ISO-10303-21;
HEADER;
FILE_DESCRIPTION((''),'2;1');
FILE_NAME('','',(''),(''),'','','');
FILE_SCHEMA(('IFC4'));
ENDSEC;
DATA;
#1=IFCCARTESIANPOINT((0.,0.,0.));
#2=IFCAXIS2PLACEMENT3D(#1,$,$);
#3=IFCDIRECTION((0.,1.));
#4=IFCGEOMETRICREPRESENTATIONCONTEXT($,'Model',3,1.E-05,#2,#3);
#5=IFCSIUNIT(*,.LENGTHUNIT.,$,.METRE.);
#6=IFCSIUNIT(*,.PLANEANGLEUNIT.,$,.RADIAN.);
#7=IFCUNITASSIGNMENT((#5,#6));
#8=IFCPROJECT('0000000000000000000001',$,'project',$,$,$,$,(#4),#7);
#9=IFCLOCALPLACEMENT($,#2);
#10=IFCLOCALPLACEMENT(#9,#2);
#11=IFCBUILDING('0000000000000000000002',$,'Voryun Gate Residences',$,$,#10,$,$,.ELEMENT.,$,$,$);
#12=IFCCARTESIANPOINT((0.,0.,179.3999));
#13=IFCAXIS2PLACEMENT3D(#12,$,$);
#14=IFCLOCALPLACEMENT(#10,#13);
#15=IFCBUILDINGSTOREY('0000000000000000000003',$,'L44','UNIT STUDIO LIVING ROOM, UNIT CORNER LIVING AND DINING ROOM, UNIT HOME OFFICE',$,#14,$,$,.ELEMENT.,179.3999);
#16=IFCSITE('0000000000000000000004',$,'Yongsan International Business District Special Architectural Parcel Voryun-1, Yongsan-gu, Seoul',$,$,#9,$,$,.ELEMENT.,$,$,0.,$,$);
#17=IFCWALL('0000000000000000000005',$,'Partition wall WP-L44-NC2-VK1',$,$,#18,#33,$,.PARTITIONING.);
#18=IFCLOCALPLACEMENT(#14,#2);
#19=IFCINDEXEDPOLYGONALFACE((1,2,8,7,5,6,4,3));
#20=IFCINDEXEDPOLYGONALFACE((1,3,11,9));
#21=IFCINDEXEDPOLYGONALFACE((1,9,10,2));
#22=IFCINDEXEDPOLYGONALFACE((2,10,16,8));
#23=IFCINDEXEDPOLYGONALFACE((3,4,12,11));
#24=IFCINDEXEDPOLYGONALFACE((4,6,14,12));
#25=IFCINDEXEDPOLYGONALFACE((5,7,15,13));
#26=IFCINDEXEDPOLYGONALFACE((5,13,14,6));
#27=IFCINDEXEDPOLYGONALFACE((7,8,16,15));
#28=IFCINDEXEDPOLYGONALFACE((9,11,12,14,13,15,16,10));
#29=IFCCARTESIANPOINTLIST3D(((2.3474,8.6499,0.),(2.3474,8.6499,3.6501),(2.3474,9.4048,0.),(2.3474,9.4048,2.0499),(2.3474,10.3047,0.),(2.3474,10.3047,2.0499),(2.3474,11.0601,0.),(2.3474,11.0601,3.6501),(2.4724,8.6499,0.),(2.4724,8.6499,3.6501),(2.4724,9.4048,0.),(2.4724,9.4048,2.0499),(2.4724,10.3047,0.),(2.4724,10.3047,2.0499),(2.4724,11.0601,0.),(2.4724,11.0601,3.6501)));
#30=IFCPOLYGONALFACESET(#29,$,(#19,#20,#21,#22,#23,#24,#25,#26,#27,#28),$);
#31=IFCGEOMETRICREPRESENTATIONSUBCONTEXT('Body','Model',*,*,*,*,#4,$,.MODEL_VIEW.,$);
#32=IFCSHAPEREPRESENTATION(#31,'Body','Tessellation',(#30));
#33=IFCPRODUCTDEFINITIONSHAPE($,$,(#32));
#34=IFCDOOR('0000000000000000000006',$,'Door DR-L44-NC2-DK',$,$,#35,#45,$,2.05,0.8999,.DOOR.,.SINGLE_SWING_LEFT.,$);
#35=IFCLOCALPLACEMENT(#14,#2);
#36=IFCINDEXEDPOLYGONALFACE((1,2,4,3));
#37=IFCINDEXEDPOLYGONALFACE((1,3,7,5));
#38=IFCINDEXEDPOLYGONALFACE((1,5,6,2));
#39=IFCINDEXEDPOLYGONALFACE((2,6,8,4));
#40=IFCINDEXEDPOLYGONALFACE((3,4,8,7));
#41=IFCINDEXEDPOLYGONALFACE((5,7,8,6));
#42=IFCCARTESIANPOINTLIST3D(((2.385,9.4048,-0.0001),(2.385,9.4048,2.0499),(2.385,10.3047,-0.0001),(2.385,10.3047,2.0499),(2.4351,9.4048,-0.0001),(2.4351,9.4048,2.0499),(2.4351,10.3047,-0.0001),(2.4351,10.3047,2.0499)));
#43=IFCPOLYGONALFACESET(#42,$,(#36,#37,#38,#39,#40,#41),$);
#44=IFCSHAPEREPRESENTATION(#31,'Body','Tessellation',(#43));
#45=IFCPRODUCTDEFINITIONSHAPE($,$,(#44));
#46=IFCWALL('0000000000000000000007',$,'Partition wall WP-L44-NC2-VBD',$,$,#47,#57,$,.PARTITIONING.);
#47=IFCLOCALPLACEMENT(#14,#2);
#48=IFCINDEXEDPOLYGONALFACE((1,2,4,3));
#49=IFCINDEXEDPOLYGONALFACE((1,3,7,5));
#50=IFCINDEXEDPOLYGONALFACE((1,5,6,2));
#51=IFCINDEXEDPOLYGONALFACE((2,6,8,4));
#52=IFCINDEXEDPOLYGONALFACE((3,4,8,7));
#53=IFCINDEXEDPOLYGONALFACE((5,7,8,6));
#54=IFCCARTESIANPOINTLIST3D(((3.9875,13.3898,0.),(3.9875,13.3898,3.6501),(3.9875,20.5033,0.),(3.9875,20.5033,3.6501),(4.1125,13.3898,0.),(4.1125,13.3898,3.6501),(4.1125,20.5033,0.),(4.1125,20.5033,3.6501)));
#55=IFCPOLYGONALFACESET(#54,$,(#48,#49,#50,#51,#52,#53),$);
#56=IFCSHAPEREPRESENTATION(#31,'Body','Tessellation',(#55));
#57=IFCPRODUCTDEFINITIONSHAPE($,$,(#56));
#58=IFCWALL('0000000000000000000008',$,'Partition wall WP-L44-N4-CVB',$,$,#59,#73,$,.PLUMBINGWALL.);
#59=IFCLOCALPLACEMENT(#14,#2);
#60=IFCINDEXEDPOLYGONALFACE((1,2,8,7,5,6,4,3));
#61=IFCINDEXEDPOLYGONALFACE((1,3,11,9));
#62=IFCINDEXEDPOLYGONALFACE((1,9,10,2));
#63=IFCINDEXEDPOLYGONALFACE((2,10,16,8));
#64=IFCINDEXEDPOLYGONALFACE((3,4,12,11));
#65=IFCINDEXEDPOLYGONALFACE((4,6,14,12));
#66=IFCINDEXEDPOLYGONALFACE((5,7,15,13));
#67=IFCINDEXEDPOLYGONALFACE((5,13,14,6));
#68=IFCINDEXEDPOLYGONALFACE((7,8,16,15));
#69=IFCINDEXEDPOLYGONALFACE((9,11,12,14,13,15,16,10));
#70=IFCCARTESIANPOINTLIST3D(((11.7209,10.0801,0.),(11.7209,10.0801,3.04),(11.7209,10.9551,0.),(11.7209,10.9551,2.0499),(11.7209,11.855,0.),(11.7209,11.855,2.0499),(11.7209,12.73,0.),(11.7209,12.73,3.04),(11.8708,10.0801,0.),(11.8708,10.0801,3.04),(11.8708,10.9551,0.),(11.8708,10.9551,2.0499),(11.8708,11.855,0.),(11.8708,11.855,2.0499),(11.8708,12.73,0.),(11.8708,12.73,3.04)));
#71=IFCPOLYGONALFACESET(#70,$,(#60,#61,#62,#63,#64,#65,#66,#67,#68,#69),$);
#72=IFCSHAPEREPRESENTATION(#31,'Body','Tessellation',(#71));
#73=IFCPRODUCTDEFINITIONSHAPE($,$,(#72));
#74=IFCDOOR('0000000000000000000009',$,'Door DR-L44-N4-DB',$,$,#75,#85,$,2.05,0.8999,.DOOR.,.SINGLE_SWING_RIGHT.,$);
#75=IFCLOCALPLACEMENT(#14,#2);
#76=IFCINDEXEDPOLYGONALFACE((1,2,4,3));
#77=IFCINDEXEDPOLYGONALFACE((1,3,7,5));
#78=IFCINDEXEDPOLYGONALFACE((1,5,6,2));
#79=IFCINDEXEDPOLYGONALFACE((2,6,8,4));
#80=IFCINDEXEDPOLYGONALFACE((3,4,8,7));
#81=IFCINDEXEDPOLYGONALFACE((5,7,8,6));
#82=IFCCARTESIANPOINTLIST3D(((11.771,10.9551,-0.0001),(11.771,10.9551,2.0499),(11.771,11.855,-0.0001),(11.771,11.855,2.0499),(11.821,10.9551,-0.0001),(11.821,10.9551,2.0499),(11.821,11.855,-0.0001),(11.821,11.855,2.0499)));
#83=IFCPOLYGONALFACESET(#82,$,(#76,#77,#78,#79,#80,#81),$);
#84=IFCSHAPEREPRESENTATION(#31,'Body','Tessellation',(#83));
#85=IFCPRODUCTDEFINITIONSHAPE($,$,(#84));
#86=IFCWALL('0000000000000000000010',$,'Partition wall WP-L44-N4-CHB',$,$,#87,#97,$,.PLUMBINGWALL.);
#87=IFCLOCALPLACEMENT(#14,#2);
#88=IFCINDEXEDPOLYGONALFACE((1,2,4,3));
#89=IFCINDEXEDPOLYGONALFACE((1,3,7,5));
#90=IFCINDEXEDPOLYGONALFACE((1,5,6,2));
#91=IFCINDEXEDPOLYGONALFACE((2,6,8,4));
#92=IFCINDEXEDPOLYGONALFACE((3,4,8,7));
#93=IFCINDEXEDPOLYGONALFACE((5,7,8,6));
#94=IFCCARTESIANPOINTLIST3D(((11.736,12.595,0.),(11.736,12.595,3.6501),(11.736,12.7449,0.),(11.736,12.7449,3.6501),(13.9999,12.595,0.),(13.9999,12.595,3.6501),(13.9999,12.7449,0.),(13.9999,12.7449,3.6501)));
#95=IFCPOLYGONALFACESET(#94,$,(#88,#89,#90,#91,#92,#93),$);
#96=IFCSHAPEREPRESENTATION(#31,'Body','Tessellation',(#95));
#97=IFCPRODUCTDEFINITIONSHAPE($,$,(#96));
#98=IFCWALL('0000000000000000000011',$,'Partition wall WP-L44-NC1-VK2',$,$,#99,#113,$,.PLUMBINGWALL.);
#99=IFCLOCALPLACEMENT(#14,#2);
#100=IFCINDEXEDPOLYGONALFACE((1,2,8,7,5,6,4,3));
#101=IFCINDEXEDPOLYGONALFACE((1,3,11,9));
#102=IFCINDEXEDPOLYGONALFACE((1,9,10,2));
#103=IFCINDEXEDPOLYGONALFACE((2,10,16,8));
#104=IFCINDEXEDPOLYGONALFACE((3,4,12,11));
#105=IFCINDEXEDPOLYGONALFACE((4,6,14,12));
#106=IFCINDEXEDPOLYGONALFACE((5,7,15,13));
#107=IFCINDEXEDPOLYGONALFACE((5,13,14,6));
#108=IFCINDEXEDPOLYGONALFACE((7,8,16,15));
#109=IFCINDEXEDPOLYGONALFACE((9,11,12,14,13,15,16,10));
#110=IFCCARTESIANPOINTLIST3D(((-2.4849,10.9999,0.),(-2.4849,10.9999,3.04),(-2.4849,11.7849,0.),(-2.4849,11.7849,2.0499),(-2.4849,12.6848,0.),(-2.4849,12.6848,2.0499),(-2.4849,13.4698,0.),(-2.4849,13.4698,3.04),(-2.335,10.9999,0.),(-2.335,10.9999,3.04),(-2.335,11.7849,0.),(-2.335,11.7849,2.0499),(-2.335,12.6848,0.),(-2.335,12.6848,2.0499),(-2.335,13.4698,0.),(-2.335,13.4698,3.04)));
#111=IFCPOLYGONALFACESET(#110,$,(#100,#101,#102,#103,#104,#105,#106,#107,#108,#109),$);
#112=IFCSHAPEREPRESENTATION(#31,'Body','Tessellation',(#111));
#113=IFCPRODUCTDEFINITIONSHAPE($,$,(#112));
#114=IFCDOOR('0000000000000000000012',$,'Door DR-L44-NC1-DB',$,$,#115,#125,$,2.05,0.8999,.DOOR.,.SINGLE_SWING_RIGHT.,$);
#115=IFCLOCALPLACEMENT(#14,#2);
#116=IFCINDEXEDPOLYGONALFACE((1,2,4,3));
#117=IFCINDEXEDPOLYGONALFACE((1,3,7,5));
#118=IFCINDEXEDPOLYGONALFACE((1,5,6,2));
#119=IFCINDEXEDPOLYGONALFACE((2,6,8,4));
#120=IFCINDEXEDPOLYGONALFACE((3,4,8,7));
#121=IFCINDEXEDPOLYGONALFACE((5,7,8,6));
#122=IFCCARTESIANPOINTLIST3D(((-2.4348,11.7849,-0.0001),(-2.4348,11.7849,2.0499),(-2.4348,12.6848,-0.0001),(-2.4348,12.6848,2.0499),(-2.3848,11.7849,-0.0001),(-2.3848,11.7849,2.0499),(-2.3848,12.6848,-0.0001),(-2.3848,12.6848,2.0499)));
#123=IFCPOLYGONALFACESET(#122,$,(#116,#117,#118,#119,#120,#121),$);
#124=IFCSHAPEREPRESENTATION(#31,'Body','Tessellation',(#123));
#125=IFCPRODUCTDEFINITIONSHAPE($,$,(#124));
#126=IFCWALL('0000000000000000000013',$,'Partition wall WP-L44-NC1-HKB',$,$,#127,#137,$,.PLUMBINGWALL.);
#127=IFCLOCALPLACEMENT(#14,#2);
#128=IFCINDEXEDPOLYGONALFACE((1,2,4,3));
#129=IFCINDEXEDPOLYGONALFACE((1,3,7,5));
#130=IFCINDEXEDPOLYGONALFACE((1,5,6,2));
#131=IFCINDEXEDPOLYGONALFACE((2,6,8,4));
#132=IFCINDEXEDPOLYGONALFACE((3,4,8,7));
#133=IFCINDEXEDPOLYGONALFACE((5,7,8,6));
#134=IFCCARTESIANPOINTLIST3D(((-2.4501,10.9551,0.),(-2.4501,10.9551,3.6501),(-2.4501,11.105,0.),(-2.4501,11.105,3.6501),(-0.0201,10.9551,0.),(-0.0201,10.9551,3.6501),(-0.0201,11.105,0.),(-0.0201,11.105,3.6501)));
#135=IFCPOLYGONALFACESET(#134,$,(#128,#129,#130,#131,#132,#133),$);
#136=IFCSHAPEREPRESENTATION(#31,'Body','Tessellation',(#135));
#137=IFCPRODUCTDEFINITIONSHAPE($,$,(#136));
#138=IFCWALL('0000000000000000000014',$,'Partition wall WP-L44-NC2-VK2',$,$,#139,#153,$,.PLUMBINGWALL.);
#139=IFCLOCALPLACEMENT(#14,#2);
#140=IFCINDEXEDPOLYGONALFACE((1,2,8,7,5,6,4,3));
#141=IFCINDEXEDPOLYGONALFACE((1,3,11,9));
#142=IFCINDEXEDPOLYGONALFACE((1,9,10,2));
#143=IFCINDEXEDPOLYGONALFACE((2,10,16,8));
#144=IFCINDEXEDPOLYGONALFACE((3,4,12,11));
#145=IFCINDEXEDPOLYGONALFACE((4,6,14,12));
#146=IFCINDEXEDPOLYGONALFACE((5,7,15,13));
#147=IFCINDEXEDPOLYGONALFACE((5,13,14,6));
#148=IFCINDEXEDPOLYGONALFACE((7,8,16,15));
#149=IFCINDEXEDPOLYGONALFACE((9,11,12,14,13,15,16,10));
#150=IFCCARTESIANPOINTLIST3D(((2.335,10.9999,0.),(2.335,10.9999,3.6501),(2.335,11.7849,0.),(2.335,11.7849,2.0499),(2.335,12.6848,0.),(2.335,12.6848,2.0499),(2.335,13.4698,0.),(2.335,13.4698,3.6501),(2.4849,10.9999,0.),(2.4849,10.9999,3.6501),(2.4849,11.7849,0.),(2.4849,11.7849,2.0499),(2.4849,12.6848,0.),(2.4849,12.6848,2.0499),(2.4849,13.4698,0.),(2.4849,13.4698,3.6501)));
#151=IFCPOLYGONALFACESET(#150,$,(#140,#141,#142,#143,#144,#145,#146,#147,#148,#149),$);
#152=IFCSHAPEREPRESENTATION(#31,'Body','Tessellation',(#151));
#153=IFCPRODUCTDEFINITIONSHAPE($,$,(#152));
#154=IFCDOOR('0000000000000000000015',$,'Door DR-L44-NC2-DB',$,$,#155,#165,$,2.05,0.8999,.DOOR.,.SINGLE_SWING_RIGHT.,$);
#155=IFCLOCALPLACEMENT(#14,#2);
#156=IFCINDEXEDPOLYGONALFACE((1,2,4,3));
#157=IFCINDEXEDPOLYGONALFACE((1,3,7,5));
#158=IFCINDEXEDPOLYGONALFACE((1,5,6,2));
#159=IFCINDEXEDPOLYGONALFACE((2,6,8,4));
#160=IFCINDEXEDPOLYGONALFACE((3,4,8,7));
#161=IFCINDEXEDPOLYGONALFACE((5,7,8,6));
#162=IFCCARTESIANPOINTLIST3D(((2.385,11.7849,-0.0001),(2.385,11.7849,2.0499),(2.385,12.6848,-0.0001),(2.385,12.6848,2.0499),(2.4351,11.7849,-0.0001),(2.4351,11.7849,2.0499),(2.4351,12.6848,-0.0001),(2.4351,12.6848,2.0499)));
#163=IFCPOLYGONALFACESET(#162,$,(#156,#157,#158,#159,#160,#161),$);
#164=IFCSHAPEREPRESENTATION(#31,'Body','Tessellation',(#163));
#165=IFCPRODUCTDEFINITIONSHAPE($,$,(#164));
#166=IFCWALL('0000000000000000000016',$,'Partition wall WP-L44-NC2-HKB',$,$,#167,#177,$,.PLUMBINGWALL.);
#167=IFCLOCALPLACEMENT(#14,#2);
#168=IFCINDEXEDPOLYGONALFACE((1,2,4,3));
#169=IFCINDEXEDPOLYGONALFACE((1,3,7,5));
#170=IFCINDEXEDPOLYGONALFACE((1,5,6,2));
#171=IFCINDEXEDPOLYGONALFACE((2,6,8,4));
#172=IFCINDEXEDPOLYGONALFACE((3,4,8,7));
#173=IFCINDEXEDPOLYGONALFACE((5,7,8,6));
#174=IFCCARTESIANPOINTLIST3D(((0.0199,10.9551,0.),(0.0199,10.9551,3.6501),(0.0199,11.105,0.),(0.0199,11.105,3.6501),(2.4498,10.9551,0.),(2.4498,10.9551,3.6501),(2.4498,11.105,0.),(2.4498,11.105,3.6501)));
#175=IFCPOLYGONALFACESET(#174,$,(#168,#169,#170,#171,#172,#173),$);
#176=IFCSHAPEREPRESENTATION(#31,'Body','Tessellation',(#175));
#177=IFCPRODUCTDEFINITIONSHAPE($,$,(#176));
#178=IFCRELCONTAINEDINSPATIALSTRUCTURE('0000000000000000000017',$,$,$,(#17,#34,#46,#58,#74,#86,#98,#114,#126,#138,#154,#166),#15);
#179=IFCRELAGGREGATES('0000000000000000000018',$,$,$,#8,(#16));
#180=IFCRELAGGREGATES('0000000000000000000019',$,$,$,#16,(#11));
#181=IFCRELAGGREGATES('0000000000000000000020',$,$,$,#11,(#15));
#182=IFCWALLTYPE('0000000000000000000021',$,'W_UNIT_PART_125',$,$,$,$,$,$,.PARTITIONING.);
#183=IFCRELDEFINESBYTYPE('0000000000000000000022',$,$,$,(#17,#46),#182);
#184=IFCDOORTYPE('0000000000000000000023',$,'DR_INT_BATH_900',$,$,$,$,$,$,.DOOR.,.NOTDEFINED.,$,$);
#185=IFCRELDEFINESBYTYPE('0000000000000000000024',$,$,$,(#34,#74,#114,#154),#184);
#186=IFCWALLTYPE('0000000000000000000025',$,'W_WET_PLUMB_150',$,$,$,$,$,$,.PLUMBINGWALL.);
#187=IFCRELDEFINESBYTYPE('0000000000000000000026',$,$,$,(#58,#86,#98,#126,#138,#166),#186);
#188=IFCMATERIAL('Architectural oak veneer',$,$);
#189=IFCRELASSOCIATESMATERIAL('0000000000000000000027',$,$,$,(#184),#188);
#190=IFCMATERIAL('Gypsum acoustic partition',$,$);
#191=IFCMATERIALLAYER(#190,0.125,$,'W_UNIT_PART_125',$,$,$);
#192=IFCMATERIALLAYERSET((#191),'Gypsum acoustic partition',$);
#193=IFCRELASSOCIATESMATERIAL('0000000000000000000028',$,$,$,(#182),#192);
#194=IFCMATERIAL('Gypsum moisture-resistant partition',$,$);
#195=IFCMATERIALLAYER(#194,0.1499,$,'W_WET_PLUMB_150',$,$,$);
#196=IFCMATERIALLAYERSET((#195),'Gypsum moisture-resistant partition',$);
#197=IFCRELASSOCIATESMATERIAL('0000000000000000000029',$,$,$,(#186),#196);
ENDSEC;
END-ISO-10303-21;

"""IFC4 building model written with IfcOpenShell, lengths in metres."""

from ifc_helpers import new_model, si_unit, direction, frame, frame_2d, origin, place, context, subcontext, project, spatial, rectangle, extrude, material, layer, layer_set, type_object, element, fill, save


model = new_model("IFC4")

# Units and contexts
model_context = context("Model", 3, precision=1e-05, world=origin(), true_north=direction((0.0, 1.0)))
body_context = subcontext(model_context, "Body", "Model", "MODEL_VIEW")
ifc_project = project(units=[si_unit("LENGTHUNIT", "METRE"), si_unit("PLANEANGLEUNIT", "RADIAN")], contexts=[model_context])

# Site, building, storey
site_placement = place(None, origin())
site = spatial("IfcSite", under=ifc_project, at=site_placement, Name="Yongsan International Business District Special Architectural Parcel Voryun-1, Yongsan-gu, Seoul", CompositionType="ELEMENT", RefElevation=0.0)
building_placement = place(site_placement, origin())
building = spatial("IfcBuilding", under=site, at=building_placement, Name="Voryun Gate Residences", CompositionType="ELEMENT")
storey_placement = place(building_placement, frame((0.0, 0.0, 179.3999)))
storey = spatial("IfcBuildingStorey", under=building, at=storey_placement, Name="L44", Description="UNIT STUDIO LIVING ROOM, UNIT CORNER LIVING AND DINING ROOM, UNIT HOME OFFICE", CompositionType="ELEMENT", Elevation=179.3999)

# Shared definitions
ifc_material_1 = material(Name="Architectural oak veneer")
door_type_1 = type_object("IfcDoorType", Name="DR_INT_BATH_900", OperationType="NOTDEFINED", PredefinedType="DOOR", material=ifc_material_1)

# Shared definitions
ifc_material_2 = material(Name="Gypsum acoustic partition")
ifc_layer_1 = layer(ifc_material_2, 0.125, Name="W_UNIT_PART_125")
ifc_layer_set_1 = layer_set([ifc_layer_1], Name="Gypsum acoustic partition")
wall_type_1 = type_object("IfcWallType", Name="W_UNIT_PART_125", PredefinedType="PARTITIONING", material=ifc_layer_set_1)

# Wall, opening, door
wall_1_placement = place(storey_placement, frame((2.4099, 8.6499, 0.0), z_axis=(0.0, 0.0, 1.0), x_axis=(0.0, 1.0, 0.0)))
wall_1 = element("IfcWall", 1, at=wall_1_placement, inside=storey, type_object=wall_type_1, Name="Partition wall WP-L44-NC2-VK1", PredefinedType="PARTITIONING", context=body_context, shape_type="SweptSolid", body=[
    extrude(rectangle(XDim=2.4102, YDim=0.125, at=frame_2d((1.2051, 0.0))), origin(), (0.0, 0.0, 1.0), 3.6501),
])
opening_1_placement = place(wall_1_placement, frame((0.7549, 0.0, 0.0)))
opening_1 = element("IfcOpeningElement", 2, at=opening_1_placement, cuts=wall_1, PredefinedType="OPENING", context=body_context, shape_type="SweptSolid", body=[
    extrude(rectangle(XDim=0.8999, YDim=2.05, at=frame_2d((0.45, 1.0249))), frame((0.0, 0.0725, 0.0), z_axis=(0.0, -1.0, 0.0), x_axis=(1.0, 0.0, 0.0)), (0.0, 0.0, 1.0), 0.145),
])
door_1_placement = place(opening_1_placement, origin())
door_1 = element("IfcDoor", 3, at=door_1_placement, inside=storey, type_object=door_type_1, Name="Door DR-L44-NC2-DK", OperationType="SINGLE_SWING_LEFT", OverallHeight=2.05, OverallWidth=0.8999, PredefinedType="DOOR", context=body_context, shape_type="SweptSolid", body=[
    extrude(rectangle(XDim=0.8999, YDim=2.05, at=frame_2d((0.45, 1.0249))), frame((0.0, 0.0249, 0.0), z_axis=(0.0, -1.0, 0.0), x_axis=(1.0, 0.0, 0.0)), (0.0, 0.0, 1.0), 0.05),
])
fill(opening_1, door_1)

# Wall
wall_2_placement = place(storey_placement, frame((4.05, 13.3899, 0.0), z_axis=(0.0, 0.0, 1.0), x_axis=(0.0, 1.0, 0.0)))
element("IfcWall", 4, at=wall_2_placement, inside=storey, type_object=wall_type_1, Name="Partition wall WP-L44-NC2-VBD", PredefinedType="PARTITIONING", context=body_context, shape_type="SweptSolid", body=[
    extrude(rectangle(XDim=7.1135, YDim=0.125, at=frame_2d((3.5566, 0.0))), origin(), (0.0, 0.0, 1.0), 3.6501),
])

# Wall, opening, door
ifc_material_3 = material(Name="Gypsum moisture-resistant partition")
ifc_layer_2 = layer(ifc_material_3, 0.1499, Name="W_WET_PLUMB_150")
ifc_layer_set_2 = layer_set([ifc_layer_2], Name="Gypsum moisture-resistant partition")
wall_type_2 = type_object("IfcWallType", Name="W_WET_PLUMB_150", PredefinedType="PLUMBINGWALL", material=ifc_layer_set_2)
wall_3_placement = place(storey_placement, frame((11.7959, 10.0801, 0.0), z_axis=(0.0, 0.0, 1.0), x_axis=(0.0, 1.0, 0.0)))
wall_3 = element("IfcWall", 5, at=wall_3_placement, inside=storey, type_object=wall_type_2, Name="Partition wall WP-L44-N4-CVB", PredefinedType="PLUMBINGWALL", context=body_context, shape_type="SweptSolid", body=[
    extrude(rectangle(XDim=2.6499, YDim=0.1499, at=frame_2d((1.325, 0.0))), origin(), (0.0, 0.0, 1.0), 3.04),
])
opening_2_placement = place(wall_3_placement, frame((0.875, 0.0, 0.0)))
opening_2 = element("IfcOpeningElement", 6, at=opening_2_placement, cuts=wall_3, PredefinedType="OPENING", context=body_context, shape_type="SweptSolid", body=[
    extrude(rectangle(XDim=0.8999, YDim=2.05, at=frame_2d((0.45, 1.0249))), frame((0.0, 0.085, 0.0), z_axis=(0.0, -1.0, 0.0), x_axis=(1.0, 0.0, 0.0)), (0.0, 0.0, 1.0), 0.1699),
])
door_2_placement = place(opening_2_placement, origin())
door_2 = element("IfcDoor", 7, at=door_2_placement, inside=storey, type_object=door_type_1, Name="Door DR-L44-N4-DB", OperationType="SINGLE_SWING_RIGHT", OverallHeight=2.05, OverallWidth=0.8999, PredefinedType="DOOR", context=body_context, shape_type="SweptSolid", body=[
    extrude(rectangle(XDim=0.8999, YDim=2.05, at=frame_2d((0.45, 1.0249))), frame((0.0, 0.0249, 0.0), z_axis=(0.0, -1.0, 0.0), x_axis=(1.0, 0.0, 0.0)), (0.0, 0.0, 1.0), 0.05),
])
fill(opening_2, door_2)

# Wall
wall_4_placement = place(storey_placement, frame((11.7361, 12.6699, 0.0), z_axis=(0.0, 0.0, 1.0), x_axis=(1.0, 0.0, 0.0)))
element("IfcWall", 8, at=wall_4_placement, inside=storey, type_object=wall_type_2, Name="Partition wall WP-L44-N4-CHB", PredefinedType="PLUMBINGWALL", context=body_context, shape_type="SweptSolid", body=[
    extrude(rectangle(XDim=2.2639, YDim=0.1499, at=frame_2d((1.1318, 0.0))), origin(), (0.0, 0.0, 1.0), 3.6501),
])

# Wall, opening, door
wall_5_placement = place(storey_placement, frame((-2.4099, 11.0, 0.0), z_axis=(0.0, 0.0, 1.0), x_axis=(0.0, 1.0, 0.0)))
wall_5 = element("IfcWall", 9, at=wall_5_placement, inside=storey, type_object=wall_type_2, Name="Partition wall WP-L44-NC1-VK2", PredefinedType="PLUMBINGWALL", context=body_context, shape_type="SweptSolid", body=[
    extrude(rectangle(XDim=2.47, YDim=0.1499, at=frame_2d((1.2349, 0.0))), origin(), (0.0, 0.0, 1.0), 3.04),
])
opening_3_placement = place(wall_5_placement, frame((0.7849, 0.0, 0.0)))
opening_3 = element("IfcOpeningElement", 10, at=opening_3_placement, cuts=wall_5, PredefinedType="OPENING", context=body_context, shape_type="SweptSolid", body=[
    extrude(rectangle(XDim=0.8999, YDim=2.05, at=frame_2d((0.45, 1.0249))), frame((0.0, 0.085, 0.0), z_axis=(0.0, -1.0, 0.0), x_axis=(1.0, 0.0, 0.0)), (0.0, 0.0, 1.0), 0.1699),
])
door_3_placement = place(opening_3_placement, origin())
door_3 = element("IfcDoor", 11, at=door_3_placement, inside=storey, type_object=door_type_1, Name="Door DR-L44-NC1-DB", OperationType="SINGLE_SWING_RIGHT", OverallHeight=2.05, OverallWidth=0.8999, PredefinedType="DOOR", context=body_context, shape_type="SweptSolid", body=[
    extrude(rectangle(XDim=0.8999, YDim=2.05, at=frame_2d((0.45, 1.0249))), frame((0.0, 0.0249, 0.0), z_axis=(0.0, -1.0, 0.0), x_axis=(1.0, 0.0, 0.0)), (0.0, 0.0, 1.0), 0.05),
])
fill(opening_3, door_3)

# Wall
wall_6_placement = place(storey_placement, frame((-2.45, 11.03, 0.0), z_axis=(0.0, 0.0, 1.0), x_axis=(1.0, 0.0, 0.0)))
element("IfcWall", 12, at=wall_6_placement, inside=storey, type_object=wall_type_2, Name="Partition wall WP-L44-NC1-HKB", PredefinedType="PLUMBINGWALL", context=body_context, shape_type="SweptSolid", body=[
    extrude(rectangle(XDim=2.4299, YDim=0.1499, at=frame_2d((1.2148, 0.0))), origin(), (0.0, 0.0, 1.0), 3.6501),
])

# Wall, opening, door
wall_7_placement = place(storey_placement, frame((2.4099, 11.0, 0.0), z_axis=(0.0, 0.0, 1.0), x_axis=(0.0, 1.0, 0.0)))
wall_7 = element("IfcWall", 13, at=wall_7_placement, inside=storey, type_object=wall_type_2, Name="Partition wall WP-L44-NC2-VK2", PredefinedType="PLUMBINGWALL", context=body_context, shape_type="SweptSolid", body=[
    extrude(rectangle(XDim=2.47, YDim=0.1499, at=frame_2d((1.2349, 0.0))), origin(), (0.0, 0.0, 1.0), 3.6501),
])
opening_4_placement = place(wall_7_placement, frame((0.7849, 0.0, 0.0)))
opening_4 = element("IfcOpeningElement", 14, at=opening_4_placement, cuts=wall_7, PredefinedType="OPENING", context=body_context, shape_type="SweptSolid", body=[
    extrude(rectangle(XDim=0.8999, YDim=2.05, at=frame_2d((0.45, 1.0249))), frame((0.0, 0.085, 0.0), z_axis=(0.0, -1.0, 0.0), x_axis=(1.0, 0.0, 0.0)), (0.0, 0.0, 1.0), 0.1699),
])
door_4_placement = place(opening_4_placement, origin())
door_4 = element("IfcDoor", 15, at=door_4_placement, inside=storey, type_object=door_type_1, Name="Door DR-L44-NC2-DB", OperationType="SINGLE_SWING_RIGHT", OverallHeight=2.05, OverallWidth=0.8999, PredefinedType="DOOR", context=body_context, shape_type="SweptSolid", body=[
    extrude(rectangle(XDim=0.8999, YDim=2.05, at=frame_2d((0.45, 1.0249))), frame((0.0, 0.0249, 0.0), z_axis=(0.0, -1.0, 0.0), x_axis=(1.0, 0.0, 0.0)), (0.0, 0.0, 1.0), 0.05),
])
fill(opening_4, door_4)

# Wall
wall_8_placement = place(storey_placement, frame((0.02, 11.03, 0.0), z_axis=(0.0, 0.0, 1.0), x_axis=(1.0, 0.0, 0.0)))
element("IfcWall", 16, at=wall_8_placement, inside=storey, type_object=wall_type_2, Name="Partition wall WP-L44-NC2-HKB", PredefinedType="PLUMBINGWALL", context=body_context, shape_type="SweptSolid", body=[
    extrude(rectangle(XDim=2.4299, YDim=0.1499, at=frame_2d((1.2148, 0.0))), origin(), (0.0, 0.0, 1.0), 3.6501),
])

save(model, "model.ifc")
